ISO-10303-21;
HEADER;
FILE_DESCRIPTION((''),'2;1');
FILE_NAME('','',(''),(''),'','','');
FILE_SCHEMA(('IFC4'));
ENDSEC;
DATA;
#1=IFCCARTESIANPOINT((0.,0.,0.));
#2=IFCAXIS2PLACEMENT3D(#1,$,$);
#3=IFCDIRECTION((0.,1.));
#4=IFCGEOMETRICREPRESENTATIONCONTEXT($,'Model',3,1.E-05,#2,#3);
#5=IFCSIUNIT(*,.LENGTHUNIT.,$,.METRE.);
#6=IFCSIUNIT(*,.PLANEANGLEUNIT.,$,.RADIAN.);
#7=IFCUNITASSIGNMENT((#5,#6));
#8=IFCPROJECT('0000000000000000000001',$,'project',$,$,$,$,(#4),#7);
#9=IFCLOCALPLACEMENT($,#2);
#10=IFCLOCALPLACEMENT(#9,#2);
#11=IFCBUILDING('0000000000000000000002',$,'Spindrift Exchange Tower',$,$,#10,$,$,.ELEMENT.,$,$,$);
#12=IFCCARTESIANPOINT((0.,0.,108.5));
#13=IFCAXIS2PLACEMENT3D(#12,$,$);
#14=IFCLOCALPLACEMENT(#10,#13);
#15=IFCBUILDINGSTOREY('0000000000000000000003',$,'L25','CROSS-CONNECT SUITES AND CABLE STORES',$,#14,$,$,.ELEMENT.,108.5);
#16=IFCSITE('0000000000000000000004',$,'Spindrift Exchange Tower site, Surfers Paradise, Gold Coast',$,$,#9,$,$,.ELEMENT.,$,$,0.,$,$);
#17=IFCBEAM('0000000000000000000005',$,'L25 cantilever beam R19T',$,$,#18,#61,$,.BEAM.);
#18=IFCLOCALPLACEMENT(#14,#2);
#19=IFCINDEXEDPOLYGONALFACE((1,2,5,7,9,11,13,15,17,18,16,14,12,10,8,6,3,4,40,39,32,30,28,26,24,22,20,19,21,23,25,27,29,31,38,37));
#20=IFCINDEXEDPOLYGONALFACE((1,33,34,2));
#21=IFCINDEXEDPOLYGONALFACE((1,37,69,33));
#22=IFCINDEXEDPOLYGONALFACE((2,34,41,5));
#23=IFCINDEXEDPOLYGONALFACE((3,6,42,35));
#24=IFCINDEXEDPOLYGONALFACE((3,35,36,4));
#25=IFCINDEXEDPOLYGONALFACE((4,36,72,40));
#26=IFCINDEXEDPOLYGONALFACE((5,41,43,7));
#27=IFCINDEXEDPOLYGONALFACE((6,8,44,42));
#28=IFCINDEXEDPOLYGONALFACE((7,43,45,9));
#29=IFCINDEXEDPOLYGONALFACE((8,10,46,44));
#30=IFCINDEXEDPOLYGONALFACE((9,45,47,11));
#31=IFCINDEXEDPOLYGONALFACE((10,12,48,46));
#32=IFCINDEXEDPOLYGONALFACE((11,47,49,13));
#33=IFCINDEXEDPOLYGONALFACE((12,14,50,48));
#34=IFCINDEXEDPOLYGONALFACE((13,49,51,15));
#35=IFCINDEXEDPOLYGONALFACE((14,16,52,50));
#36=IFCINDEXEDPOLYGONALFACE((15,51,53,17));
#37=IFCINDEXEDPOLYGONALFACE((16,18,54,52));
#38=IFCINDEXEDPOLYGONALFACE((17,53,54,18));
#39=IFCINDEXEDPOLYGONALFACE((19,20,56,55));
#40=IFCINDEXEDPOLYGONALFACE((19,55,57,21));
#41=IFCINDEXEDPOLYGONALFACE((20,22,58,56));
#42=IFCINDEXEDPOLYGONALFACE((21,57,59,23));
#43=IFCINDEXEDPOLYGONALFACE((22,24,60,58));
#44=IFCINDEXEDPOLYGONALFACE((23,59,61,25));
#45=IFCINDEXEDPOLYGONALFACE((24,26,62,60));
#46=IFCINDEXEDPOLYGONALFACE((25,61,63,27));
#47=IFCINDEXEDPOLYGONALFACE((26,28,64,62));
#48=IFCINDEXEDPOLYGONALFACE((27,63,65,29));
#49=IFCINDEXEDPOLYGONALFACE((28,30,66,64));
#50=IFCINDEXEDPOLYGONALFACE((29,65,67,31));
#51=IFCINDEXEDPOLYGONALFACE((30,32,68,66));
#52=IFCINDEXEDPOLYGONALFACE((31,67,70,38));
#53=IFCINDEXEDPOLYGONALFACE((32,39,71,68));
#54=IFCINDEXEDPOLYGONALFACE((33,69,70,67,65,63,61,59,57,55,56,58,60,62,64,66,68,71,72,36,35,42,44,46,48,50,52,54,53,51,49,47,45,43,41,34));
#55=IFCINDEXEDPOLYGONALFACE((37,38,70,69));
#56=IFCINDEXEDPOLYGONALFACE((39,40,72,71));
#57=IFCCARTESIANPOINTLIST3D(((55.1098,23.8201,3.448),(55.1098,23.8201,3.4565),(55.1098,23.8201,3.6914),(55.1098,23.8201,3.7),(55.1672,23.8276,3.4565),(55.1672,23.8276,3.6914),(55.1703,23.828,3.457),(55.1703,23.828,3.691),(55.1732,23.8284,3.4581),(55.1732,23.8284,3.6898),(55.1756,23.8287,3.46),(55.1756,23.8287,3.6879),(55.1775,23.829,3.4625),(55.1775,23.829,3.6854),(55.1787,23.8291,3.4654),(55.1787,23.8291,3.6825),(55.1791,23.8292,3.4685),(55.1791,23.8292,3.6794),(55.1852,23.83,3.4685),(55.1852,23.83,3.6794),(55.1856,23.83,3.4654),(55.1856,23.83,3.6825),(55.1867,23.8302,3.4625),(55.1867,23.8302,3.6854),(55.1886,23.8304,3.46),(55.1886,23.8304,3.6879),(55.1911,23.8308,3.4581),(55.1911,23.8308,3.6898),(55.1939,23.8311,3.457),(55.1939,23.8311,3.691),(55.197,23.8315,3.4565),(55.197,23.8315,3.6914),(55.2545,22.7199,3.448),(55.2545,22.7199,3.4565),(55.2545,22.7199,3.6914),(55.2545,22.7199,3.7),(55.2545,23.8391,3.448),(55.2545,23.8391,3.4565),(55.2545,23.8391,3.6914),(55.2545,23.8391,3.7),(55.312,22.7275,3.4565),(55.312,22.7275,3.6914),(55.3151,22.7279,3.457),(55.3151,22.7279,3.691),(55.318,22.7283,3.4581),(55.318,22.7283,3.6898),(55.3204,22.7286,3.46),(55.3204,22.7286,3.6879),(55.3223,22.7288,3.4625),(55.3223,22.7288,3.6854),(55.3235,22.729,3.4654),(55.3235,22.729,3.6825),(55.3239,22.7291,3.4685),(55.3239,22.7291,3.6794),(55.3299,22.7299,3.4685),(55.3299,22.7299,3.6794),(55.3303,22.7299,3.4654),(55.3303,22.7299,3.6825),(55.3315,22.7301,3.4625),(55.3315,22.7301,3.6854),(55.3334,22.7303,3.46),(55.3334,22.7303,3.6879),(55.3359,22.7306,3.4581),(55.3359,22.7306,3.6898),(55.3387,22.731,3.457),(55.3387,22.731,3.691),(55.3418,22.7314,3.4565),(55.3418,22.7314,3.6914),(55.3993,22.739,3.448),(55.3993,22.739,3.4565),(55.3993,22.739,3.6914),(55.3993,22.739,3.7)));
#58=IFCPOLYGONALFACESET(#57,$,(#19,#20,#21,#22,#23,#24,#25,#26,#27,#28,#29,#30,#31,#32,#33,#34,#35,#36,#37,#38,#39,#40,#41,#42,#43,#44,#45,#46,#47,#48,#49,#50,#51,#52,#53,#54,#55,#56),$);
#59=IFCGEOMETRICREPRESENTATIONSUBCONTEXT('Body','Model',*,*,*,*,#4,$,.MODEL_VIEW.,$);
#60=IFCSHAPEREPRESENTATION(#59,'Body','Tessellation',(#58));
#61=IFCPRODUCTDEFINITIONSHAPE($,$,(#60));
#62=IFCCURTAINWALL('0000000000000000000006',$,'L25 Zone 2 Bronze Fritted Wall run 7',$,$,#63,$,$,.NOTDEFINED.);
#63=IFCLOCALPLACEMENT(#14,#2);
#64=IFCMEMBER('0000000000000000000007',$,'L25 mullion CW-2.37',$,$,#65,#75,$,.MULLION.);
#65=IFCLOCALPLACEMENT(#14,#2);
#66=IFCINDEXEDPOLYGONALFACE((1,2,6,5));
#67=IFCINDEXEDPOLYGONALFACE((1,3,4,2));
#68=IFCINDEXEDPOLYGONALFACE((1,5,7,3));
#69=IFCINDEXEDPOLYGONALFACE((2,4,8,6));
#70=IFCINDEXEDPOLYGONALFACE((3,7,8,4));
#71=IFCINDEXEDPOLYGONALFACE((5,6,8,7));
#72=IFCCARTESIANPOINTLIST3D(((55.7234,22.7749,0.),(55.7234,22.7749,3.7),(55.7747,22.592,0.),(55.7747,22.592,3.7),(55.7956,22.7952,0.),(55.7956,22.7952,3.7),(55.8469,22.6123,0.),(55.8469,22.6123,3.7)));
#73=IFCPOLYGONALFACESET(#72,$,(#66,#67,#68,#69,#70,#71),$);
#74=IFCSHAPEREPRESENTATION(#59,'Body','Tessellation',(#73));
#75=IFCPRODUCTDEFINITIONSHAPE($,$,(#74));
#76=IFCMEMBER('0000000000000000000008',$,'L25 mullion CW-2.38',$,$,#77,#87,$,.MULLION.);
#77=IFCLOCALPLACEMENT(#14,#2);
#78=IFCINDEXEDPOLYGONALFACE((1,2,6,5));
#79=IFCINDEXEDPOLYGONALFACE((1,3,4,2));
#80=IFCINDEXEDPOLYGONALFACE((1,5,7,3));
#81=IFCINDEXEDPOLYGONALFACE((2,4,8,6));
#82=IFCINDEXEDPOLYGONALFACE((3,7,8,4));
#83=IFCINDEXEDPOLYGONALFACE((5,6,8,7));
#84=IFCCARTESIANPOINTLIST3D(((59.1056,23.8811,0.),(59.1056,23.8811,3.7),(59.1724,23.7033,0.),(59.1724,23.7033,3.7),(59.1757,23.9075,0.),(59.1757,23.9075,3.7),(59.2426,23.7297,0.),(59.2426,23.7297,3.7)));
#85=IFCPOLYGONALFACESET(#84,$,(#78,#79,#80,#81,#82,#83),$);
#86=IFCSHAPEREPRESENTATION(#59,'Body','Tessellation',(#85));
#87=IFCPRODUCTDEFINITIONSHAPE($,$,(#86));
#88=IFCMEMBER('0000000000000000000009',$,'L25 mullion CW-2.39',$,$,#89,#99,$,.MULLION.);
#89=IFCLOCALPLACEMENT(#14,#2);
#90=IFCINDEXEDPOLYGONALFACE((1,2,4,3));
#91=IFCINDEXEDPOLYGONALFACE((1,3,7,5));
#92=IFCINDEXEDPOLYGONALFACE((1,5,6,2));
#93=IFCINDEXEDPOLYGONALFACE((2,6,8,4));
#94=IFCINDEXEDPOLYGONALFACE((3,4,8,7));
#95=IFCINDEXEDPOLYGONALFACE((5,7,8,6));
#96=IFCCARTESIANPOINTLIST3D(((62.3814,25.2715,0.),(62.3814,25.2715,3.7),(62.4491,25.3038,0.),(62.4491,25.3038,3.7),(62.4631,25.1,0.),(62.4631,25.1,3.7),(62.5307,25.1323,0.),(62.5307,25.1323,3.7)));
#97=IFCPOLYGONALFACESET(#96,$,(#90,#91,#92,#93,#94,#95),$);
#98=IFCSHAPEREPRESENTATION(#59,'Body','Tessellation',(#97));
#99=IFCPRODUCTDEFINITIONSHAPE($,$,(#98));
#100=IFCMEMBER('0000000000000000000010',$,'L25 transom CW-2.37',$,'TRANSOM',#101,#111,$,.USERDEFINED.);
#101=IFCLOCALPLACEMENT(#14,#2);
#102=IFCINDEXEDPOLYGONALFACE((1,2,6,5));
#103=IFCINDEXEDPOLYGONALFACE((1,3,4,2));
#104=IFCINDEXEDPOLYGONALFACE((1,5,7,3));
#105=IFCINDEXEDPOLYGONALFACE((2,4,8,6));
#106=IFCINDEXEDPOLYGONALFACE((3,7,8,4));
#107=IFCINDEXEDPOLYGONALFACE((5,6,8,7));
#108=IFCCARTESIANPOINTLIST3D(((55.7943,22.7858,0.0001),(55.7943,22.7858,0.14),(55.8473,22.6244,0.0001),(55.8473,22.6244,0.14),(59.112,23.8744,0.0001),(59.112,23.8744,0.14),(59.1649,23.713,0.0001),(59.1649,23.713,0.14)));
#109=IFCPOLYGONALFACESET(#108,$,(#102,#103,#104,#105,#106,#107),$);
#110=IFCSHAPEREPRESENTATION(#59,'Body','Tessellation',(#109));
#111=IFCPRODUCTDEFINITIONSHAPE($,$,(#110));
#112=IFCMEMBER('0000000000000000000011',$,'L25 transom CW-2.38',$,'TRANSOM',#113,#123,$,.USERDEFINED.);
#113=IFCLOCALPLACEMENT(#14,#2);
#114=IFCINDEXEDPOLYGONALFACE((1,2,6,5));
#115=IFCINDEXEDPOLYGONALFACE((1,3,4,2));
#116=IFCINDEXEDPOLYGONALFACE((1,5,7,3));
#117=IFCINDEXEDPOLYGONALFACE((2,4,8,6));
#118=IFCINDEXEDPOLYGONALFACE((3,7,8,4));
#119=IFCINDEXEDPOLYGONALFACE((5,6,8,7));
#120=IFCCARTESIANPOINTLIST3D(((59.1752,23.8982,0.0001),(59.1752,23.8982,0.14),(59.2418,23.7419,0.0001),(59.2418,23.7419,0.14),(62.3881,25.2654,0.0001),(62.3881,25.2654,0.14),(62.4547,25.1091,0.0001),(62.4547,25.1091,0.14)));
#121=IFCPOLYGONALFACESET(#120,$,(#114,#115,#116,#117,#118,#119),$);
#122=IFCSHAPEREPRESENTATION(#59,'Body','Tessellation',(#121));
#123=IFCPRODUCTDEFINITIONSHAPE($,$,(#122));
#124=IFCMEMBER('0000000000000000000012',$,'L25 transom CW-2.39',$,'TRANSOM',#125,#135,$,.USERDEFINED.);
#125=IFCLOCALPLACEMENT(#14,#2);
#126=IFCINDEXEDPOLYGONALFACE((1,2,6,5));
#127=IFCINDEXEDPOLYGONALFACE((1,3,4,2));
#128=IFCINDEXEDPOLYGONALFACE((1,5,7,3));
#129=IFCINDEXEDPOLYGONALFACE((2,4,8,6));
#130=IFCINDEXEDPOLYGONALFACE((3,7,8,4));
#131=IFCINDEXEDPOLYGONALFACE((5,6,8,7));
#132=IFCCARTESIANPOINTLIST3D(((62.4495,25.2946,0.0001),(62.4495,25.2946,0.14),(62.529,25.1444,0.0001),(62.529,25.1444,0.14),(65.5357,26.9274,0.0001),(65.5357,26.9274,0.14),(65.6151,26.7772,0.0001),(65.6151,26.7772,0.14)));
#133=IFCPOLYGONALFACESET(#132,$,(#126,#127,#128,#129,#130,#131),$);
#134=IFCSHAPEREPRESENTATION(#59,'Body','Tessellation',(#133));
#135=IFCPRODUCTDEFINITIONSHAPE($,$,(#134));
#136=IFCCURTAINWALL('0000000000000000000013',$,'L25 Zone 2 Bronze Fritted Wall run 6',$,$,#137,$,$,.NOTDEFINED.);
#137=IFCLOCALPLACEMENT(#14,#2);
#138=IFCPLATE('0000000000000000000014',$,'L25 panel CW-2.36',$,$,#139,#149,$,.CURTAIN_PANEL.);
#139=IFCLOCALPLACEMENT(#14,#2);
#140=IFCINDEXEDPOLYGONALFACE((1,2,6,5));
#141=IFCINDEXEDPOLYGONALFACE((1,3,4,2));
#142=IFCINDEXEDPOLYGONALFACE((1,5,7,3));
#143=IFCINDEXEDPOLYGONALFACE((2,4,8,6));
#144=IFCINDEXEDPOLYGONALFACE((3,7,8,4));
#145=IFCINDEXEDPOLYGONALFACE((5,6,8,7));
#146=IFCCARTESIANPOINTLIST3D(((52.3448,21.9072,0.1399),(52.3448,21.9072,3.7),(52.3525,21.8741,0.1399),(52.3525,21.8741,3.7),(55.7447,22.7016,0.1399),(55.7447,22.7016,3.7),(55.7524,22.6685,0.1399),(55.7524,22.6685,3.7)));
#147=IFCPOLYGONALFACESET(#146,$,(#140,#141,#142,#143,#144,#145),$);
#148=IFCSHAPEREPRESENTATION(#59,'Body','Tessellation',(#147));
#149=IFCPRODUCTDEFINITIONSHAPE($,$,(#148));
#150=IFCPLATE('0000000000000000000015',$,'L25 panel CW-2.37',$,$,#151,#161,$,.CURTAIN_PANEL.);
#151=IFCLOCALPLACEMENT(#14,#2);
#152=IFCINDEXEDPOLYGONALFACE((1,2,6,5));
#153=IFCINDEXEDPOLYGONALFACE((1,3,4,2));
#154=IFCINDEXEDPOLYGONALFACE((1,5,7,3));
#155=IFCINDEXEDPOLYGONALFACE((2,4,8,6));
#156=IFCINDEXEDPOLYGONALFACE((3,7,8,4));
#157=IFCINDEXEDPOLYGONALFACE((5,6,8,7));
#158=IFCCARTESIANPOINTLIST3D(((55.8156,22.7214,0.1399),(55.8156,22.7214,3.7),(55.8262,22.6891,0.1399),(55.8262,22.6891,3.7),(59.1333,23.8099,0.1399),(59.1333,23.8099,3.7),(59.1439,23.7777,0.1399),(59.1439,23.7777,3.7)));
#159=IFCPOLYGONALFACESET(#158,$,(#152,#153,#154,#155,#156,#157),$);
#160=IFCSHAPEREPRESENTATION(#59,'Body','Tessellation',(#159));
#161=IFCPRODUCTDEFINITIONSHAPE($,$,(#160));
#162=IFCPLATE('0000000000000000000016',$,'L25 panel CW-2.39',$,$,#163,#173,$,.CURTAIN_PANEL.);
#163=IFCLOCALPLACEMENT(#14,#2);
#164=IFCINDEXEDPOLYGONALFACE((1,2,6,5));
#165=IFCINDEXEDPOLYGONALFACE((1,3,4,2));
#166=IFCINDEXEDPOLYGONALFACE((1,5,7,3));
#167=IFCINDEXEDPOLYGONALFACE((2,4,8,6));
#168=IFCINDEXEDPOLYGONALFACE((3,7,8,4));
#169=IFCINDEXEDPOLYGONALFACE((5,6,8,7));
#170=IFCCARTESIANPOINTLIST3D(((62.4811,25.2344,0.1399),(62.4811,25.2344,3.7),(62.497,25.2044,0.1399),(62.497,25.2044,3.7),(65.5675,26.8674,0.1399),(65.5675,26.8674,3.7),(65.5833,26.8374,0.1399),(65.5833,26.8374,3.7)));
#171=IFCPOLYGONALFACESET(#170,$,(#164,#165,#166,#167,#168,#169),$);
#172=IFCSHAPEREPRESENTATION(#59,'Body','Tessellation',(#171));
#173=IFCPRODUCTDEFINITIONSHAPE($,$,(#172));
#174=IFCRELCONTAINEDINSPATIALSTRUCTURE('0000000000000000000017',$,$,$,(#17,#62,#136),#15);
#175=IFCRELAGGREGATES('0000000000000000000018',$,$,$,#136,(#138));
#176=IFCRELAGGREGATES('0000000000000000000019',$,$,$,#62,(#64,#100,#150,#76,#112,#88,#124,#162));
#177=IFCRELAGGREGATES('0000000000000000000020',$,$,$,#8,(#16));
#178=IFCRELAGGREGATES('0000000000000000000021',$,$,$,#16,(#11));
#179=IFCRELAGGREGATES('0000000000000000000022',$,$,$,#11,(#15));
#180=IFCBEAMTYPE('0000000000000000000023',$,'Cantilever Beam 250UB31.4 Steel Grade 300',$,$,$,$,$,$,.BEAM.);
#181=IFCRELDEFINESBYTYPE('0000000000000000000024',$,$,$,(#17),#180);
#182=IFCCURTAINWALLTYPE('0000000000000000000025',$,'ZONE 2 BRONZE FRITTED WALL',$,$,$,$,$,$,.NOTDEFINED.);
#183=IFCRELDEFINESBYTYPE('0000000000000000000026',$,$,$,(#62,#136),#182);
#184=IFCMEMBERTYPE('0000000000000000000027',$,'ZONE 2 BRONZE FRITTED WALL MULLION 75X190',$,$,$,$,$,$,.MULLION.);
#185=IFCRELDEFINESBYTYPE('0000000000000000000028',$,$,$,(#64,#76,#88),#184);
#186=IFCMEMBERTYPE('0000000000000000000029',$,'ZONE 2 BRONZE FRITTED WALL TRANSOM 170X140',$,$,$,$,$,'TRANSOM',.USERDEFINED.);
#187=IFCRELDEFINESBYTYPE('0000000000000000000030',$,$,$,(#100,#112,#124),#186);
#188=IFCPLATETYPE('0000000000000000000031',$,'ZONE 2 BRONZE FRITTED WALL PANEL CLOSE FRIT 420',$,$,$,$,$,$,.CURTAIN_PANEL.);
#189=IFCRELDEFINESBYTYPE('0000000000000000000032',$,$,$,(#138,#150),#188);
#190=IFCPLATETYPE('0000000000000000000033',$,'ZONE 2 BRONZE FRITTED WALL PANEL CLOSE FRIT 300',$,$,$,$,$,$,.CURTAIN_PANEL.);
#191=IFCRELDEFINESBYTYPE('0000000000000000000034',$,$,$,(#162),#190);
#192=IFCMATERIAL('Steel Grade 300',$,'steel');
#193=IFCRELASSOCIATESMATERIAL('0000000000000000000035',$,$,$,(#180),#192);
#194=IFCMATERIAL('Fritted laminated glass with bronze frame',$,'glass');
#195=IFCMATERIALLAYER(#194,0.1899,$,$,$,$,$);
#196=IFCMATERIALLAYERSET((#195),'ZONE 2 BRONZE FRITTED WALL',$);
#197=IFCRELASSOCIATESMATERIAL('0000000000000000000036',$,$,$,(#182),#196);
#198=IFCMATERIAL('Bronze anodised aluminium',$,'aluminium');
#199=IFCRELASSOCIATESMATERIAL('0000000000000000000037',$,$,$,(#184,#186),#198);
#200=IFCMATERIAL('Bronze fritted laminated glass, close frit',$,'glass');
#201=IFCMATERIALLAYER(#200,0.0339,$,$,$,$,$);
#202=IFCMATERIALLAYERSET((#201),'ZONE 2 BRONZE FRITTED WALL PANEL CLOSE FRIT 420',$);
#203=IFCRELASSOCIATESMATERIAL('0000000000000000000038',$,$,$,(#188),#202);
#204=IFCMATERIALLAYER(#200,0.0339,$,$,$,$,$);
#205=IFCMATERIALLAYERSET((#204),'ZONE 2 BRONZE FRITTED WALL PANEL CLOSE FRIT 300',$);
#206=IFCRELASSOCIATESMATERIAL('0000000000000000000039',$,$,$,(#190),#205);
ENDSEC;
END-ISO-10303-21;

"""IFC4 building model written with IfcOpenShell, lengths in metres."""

from ifc_helpers import new_model, si_unit, direction, frame, origin, origin_2d, place, context, subcontext, project, spatial, rectangle, i_section, extrude, source, transform, mapped, material, layer, layer_set, material_profile, profile_set, type_object, element, aggregate, save


model = new_model("IFC4")

# Units and contexts
model_context = context("Model", 3, precision=1e-05, world=origin(), true_north=direction((0.0, 1.0)))
body_context = subcontext(model_context, "Body", "Model", "MODEL_VIEW")
ifc_project = project(units=[si_unit("LENGTHUNIT", "METRE"), si_unit("PLANEANGLEUNIT", "RADIAN")], contexts=[model_context])

# Site, building, storey
site_placement = place(None, origin())
site = spatial("IfcSite", under=ifc_project, at=site_placement, Name="Spindrift Exchange Tower site, Surfers Paradise, Gold Coast", CompositionType="ELEMENT", RefElevation=0.0)
building_placement = place(site_placement, origin())
building = spatial("IfcBuilding", under=site, at=building_placement, Name="Spindrift Exchange Tower", CompositionType="ELEMENT")
storey_placement = place(building_placement, frame((0.0, 0.0, 108.5)))
storey = spatial("IfcBuildingStorey", under=building, at=storey_placement, Name="L25", Description="CROSS-CONNECT SUITES AND CABLE STORES", CompositionType="ELEMENT", Elevation=108.5)

# Beam
ifc_material_1 = material(Name="Steel Grade 300", Category="steel")
ifc_material_profile_1 = material_profile(ifc_material_1, i_section(OverallWidth=0.146, OverallDepth=0.252, WebThickness=0.0061, FlangeThickness=0.0085, FilletRadius=0.012, at=origin_2d()), Name="250UB31.4")
ifc_profile_set_1 = profile_set([ifc_material_profile_1], Name="Steel Grade 300")
beam_type_1 = type_object("IfcBeamType", Name="Cantilever Beam 250UB31.4 Steel Grade 300", PredefinedType="BEAM", material=ifc_profile_set_1)
shared_shape_1 = source(origin(), body_context, "Body", "SweptSolid", [
    extrude(i_section(OverallWidth=0.146, OverallDepth=0.252, WebThickness=0.0061, FlangeThickness=0.0085, FilletRadius=0.012, at=origin_2d()), origin(), (0.0, 0.0, 1.0), 1.1096),
])
beam_1_placement = place(storey_placement, frame((55.1821, 23.8296, 3.574), z_axis=(0.130477, -0.991451, 0.0), x_axis=(0.991451, 0.130477, 0.0)))
element("IfcBeam", 1, at=beam_1_placement, inside=storey, type_object=beam_type_1, Name="L25 cantilever beam R19T", PredefinedType="BEAM", context=body_context, shape_type="MappedRepresentation", body=[
    mapped(shared_shape_1, transform((0.0, 0.0, 0.0), scale=1.0)),
])

# Curtain wall, members
ifc_material_2 = material(Name="Fritted laminated glass with bronze frame", Category="glass")
ifc_layer_1 = layer(ifc_material_2, 0.1899)
ifc_layer_set_1 = layer_set([ifc_layer_1], Name="ZONE 2 BRONZE FRITTED WALL")
curtain_wall_type = type_object("IfcCurtainWallType", Name="ZONE 2 BRONZE FRITTED WALL", PredefinedType="NOTDEFINED", material=ifc_layer_set_1)
curtain_wall_1_placement = place(storey_placement, origin())
curtain_wall_1 = element("IfcCurtainWall", 2, at=curtain_wall_1_placement, inside=storey, type_object=curtain_wall_type, Name="L25 Zone 2 Bronze Fritted Wall run 7", PredefinedType="NOTDEFINED")
ifc_material_3 = material(Name="Bronze anodised aluminium", Category="aluminium")
ifc_material_profile_2 = material_profile(ifc_material_3, rectangle(XDim=0.075, YDim=0.1899, at=origin_2d()), Name="ZONE 2 BRONZE FRITTED WALL MULLION 75X190")
ifc_profile_set_2 = profile_set([ifc_material_profile_2], Name="Bronze anodised aluminium")
member_type_1 = type_object("IfcMemberType", Name="ZONE 2 BRONZE FRITTED WALL MULLION 75X190", PredefinedType="MULLION", material=ifc_profile_set_2)
shared_shape_2 = source(origin(), body_context, "Body", "SweptSolid", [
    extrude(rectangle(XDim=0.075, YDim=0.1899, at=origin_2d()), origin(), (0.0, 0.0, 1.0), 3.7),
])
member_1_placement = place(storey_placement, frame((55.7852, 22.6936, 0.0), z_axis=(0.0, 0.0, 1.0), x_axis=(0.962889, 0.269898, 0.0)))
member_1 = element("IfcMember", 3, at=member_1_placement, type_object=member_type_1, Name="L25 mullion CW-2.37", PredefinedType="MULLION", context=body_context, shape_type="MappedRepresentation", body=[
    mapped(shared_shape_2, transform((0.0, 0.0, 0.0), scale=1.0)),
])
member_2_placement = place(storey_placement, frame((59.1741, 23.8054, 0.0), z_axis=(0.0, 0.0, 1.0), x_axis=(0.936013, 0.351966, 0.0)))
member_2 = element("IfcMember", 4, at=member_2_placement, type_object=member_type_1, Name="L25 mullion CW-2.38", PredefinedType="MULLION", context=body_context, shape_type="MappedRepresentation", body=[
    mapped(shared_shape_2, transform((0.0, 0.0, 0.0), scale=1.0)),
])
member_3_placement = place(storey_placement, frame((62.4561, 25.2019, 0.0), z_axis=(0.0, 0.0, 1.0), x_axis=(0.902836, 0.429985, 0.0)))
member_3 = element("IfcMember", 5, at=member_3_placement, type_object=member_type_1, Name="L25 mullion CW-2.39", PredefinedType="MULLION", context=body_context, shape_type="MappedRepresentation", body=[
    mapped(shared_shape_2, transform((0.0, 0.0, 0.0), scale=1.0)),
])
ifc_material_profile_3 = material_profile(ifc_material_3, rectangle(XDim=0.1699, YDim=0.1399, at=origin_2d()), Name="ZONE 2 BRONZE FRITTED WALL TRANSOM 170X140")
ifc_profile_set_3 = profile_set([ifc_material_profile_3], Name="Bronze anodised aluminium")
member_type_2 = type_object("IfcMemberType", Name="ZONE 2 BRONZE FRITTED WALL TRANSOM 170X140", ElementType="TRANSOM", PredefinedType="USERDEFINED", material=ifc_profile_set_3)
shared_shape_3 = source(origin(), body_context, "Body", "SweptSolid", [
    extrude(rectangle(XDim=0.1699, YDim=0.1399, at=origin_2d()), origin(), (0.0, 0.0, 1.0), 3.4917),
])
member_4_placement = place(storey_placement, frame((55.8208, 22.7051, 0.0701), z_axis=(0.950155, 0.311777, 0.0), x_axis=(-0.311777, 0.950155, 0.0)))
member_4 = element("IfcMember", 6, at=member_4_placement, type_object=member_type_2, Name="L25 transom CW-2.37", ObjectType="TRANSOM", PredefinedType="USERDEFINED", context=body_context, shape_type="MappedRepresentation", body=[
    mapped(shared_shape_3, transform((0.0, 0.0, 0.0), scale=1.0)),
])
member_5_placement = place(storey_placement, frame((59.2085, 23.8201, 0.0701), z_axis=(0.920155, 0.391555, 0.0), x_axis=(-0.391555, 0.920155, 0.0)))
member_5 = element("IfcMember", 7, at=member_5_placement, type_object=member_type_2, Name="L25 transom CW-2.38", ObjectType="TRANSOM", PredefinedType="USERDEFINED", context=body_context, shape_type="MappedRepresentation", body=[
    mapped(shared_shape_3, transform((0.0, 0.0, 0.0), scale=1.0)),
])
shared_shape_4 = source(origin(), body_context, "Body", "SweptSolid", [
    extrude(rectangle(XDim=0.1699, YDim=0.1399, at=origin_2d()), origin(), (0.0, 0.0, 1.0), 3.4915),
])
member_6_placement = place(storey_placement, frame((62.4893, 25.2195, 0.0701), z_axis=(0.883912, 0.467653, 0.0), x_axis=(-0.467653, 0.883912, 0.0)))
member_6 = element("IfcMember", 8, at=member_6_placement, type_object=member_type_2, Name="L25 transom CW-2.39", ObjectType="TRANSOM", PredefinedType="USERDEFINED", context=body_context, shape_type="MappedRepresentation", body=[
    mapped(shared_shape_4, transform((0.0, 0.0, 0.0), scale=1.0)),
])

# Curtain wall, plate
curtain_wall_2_placement = place(storey_placement, origin())
curtain_wall_2 = element("IfcCurtainWall", 9, at=curtain_wall_2_placement, inside=storey, type_object=curtain_wall_type, Name="L25 Zone 2 Bronze Fritted Wall run 6", PredefinedType="NOTDEFINED")
ifc_material_4 = material(Name="Bronze fritted laminated glass, close frit", Category="glass")
ifc_layer_2 = layer(ifc_material_4, 0.0339)
ifc_layer_set_2 = layer_set([ifc_layer_2], Name="ZONE 2 BRONZE FRITTED WALL PANEL CLOSE FRIT 420")
plate_type_1 = type_object("IfcPlateType", Name="ZONE 2 BRONZE FRITTED WALL PANEL CLOSE FRIT 420", PredefinedType="CURTAIN_PANEL", material=ifc_layer_set_2)
shared_shape_5 = source(origin(), body_context, "Body", "SweptSolid", [
    extrude(rectangle(XDim=3.4915, YDim=0.0339, at=origin_2d()), origin(), (0.0, 0.0, 1.0), 3.5601),
])
plate_1_placement = place(storey_placement, frame((54.0486, 22.2878, 0.1399), z_axis=(0.0, 0.0, 1.0), x_axis=(0.973771, 0.227532, 0.0)))
plate_1 = element("IfcPlate", 10, at=plate_1_placement, type_object=plate_type_1, Name="L25 panel CW-2.36", PredefinedType="CURTAIN_PANEL", context=body_context, shape_type="MappedRepresentation", body=[
    mapped(shared_shape_5, transform((0.0, 0.0, 0.0), scale=1.0)),
])
aggregate(curtain_wall_2, [plate_1])

# Plates
shared_shape_6 = source(origin(), body_context, "Body", "SweptSolid", [
    extrude(rectangle(XDim=3.4917, YDim=0.0339, at=origin_2d()), origin(), (0.0, 0.0, 1.0), 3.5601),
])
plate_2_placement = place(storey_placement, frame((57.4797, 23.2495, 0.1399), z_axis=(0.0, 0.0, 1.0), x_axis=(0.950164, 0.31175, 0.0)))
plate_2 = element("IfcPlate", 11, at=plate_2_placement, type_object=plate_type_1, Name="L25 panel CW-2.37", PredefinedType="CURTAIN_PANEL", context=body_context, shape_type="MappedRepresentation", body=[
    mapped(shared_shape_6, transform((0.0, 0.0, 0.0), scale=1.0)),
])
ifc_layer_3 = layer(ifc_material_4, 0.0339)
ifc_layer_set_3 = layer_set([ifc_layer_3], Name="ZONE 2 BRONZE FRITTED WALL PANEL CLOSE FRIT 300")
plate_type_2 = type_object("IfcPlateType", Name="ZONE 2 BRONZE FRITTED WALL PANEL CLOSE FRIT 300", PredefinedType="CURTAIN_PANEL", material=ifc_layer_set_3)
shared_shape_7 = source(origin(), body_context, "Body", "SweptSolid", [
    extrude(rectangle(XDim=3.4917, YDim=0.0339, at=origin_2d()), origin(), (0.0, 0.0, 1.0), 3.5601),
])
plate_3_placement = place(storey_placement, frame((64.0322, 26.0359, 0.1399), z_axis=(0.0, 0.0, 1.0), x_axis=(0.883907, 0.467663, 0.0)))
plate_3 = element("IfcPlate", 12, at=plate_3_placement, type_object=plate_type_2, Name="L25 panel CW-2.39", PredefinedType="CURTAIN_PANEL", context=body_context, shape_type="MappedRepresentation", body=[
    mapped(shared_shape_7, transform((0.0, 0.0, 0.0), scale=1.0)),
])
aggregate(curtain_wall_1, [member_1, member_4, plate_2, member_2, member_5, member_3, member_6, plate_3])

save(model, "model.ifc")
